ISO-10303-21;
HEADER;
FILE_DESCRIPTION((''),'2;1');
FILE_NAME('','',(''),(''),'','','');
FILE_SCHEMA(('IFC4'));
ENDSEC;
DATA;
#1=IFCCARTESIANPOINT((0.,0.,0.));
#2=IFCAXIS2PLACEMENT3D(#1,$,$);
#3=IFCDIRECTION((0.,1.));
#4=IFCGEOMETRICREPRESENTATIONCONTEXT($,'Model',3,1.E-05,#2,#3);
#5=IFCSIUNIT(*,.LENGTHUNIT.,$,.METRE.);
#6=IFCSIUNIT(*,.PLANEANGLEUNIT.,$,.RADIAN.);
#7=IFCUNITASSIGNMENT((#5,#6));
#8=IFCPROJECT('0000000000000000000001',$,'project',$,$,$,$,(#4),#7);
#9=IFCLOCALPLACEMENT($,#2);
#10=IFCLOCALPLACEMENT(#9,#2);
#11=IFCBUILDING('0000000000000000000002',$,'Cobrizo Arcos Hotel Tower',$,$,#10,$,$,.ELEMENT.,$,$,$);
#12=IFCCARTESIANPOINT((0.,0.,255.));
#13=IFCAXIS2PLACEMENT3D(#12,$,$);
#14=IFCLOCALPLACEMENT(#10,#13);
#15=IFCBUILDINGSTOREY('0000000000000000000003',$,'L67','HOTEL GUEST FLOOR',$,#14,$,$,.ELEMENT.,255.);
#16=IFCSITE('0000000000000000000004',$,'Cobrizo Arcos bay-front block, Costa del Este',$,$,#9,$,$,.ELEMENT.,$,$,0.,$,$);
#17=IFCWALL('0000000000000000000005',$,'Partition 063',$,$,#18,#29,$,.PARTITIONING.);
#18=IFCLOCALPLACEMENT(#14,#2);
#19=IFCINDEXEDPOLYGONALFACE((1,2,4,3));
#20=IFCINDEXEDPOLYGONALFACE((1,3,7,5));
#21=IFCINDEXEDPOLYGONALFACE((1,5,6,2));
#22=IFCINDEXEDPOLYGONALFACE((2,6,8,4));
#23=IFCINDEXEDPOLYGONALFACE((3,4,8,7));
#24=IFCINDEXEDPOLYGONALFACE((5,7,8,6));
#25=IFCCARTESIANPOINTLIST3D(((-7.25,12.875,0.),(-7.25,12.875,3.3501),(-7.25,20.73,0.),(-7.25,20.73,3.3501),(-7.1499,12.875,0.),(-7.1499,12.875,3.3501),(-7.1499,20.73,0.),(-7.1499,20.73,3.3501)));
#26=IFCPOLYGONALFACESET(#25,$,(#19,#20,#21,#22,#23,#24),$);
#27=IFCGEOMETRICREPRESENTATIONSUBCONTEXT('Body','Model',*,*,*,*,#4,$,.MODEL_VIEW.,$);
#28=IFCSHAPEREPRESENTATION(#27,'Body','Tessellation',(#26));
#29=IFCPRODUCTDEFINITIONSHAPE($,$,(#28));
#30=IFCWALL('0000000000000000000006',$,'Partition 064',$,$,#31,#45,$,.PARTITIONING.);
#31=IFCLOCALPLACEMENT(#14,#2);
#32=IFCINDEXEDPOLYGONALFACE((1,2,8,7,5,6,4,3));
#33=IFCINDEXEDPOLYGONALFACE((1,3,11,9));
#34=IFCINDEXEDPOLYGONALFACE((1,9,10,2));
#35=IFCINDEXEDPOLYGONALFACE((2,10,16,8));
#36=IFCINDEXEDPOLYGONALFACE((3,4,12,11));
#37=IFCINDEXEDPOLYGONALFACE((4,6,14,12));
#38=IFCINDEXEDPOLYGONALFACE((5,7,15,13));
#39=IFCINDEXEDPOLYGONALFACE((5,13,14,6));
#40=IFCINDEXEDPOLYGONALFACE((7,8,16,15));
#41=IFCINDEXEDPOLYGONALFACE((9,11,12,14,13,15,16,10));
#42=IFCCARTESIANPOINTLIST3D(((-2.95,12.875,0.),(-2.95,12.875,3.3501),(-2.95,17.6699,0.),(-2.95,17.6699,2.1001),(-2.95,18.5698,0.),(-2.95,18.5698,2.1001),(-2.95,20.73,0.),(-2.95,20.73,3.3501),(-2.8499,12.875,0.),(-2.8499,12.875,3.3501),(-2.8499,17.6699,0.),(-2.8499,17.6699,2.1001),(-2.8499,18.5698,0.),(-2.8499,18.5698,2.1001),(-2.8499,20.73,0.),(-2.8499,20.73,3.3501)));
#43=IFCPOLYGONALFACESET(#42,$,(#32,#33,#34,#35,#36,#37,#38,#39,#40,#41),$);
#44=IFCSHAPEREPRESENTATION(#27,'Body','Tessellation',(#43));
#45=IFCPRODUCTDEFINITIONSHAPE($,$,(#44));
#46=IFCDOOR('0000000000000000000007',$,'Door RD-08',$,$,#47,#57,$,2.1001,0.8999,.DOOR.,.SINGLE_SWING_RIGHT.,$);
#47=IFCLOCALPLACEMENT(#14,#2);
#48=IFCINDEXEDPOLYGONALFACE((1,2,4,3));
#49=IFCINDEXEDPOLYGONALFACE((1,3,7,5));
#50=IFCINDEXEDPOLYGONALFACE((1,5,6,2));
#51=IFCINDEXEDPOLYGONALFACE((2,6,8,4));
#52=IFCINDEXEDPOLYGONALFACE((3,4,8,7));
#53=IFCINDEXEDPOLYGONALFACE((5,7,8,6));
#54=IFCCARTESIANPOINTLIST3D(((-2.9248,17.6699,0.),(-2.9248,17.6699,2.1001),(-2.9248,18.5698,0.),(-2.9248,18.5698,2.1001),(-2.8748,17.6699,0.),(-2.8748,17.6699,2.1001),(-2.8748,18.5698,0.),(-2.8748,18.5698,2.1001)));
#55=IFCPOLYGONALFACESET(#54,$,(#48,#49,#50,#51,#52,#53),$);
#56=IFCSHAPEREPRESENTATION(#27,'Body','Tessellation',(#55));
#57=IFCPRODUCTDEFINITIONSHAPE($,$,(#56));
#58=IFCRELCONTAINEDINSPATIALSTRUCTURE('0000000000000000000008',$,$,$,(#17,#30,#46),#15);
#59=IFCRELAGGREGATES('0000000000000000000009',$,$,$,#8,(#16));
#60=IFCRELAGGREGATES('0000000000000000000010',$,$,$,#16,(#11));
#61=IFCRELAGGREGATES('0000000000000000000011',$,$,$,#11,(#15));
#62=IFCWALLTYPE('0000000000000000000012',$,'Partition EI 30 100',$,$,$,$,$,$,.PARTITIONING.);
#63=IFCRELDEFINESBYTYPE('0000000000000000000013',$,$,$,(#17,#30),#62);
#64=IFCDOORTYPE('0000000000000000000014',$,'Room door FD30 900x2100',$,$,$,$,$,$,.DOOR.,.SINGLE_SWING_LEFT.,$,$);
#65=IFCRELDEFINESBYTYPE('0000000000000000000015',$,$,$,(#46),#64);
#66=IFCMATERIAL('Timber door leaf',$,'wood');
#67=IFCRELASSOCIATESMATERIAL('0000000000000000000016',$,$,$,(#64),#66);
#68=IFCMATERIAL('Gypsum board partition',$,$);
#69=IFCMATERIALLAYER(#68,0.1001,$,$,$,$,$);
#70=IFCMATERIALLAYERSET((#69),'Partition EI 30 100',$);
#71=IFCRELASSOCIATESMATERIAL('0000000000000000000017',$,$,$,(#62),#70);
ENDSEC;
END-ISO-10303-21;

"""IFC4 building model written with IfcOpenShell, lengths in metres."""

from ifc_helpers import new_model, si_unit, direction, frame, frame_2d, origin, place, context, subcontext, project, spatial, rectangle, extrude, material, layer, layer_set, type_object, element, fill, save


model = new_model("IFC4")

# Units and contexts
model_context = context("Model", 3, precision=1e-05, world=origin(), true_north=direction((0.0, 1.0)))
body_context = subcontext(model_context, "Body", "Model", "MODEL_VIEW")
ifc_project = project(units=[si_unit("LENGTHUNIT", "METRE"), si_unit("PLANEANGLEUNIT", "RADIAN")], contexts=[model_context])

# Site, building, storey
site_placement = place(None, origin())
site = spatial("IfcSite", under=ifc_project, at=site_placement, Name="Cobrizo Arcos bay-front block, Costa del Este", CompositionType="ELEMENT", RefElevation=0.0)
building_placement = place(site_placement, origin())
building = spatial("IfcBuilding", under=site, at=building_placement, Name="Cobrizo Arcos Hotel Tower", CompositionType="ELEMENT")
storey_placement = place(building_placement, frame((0.0, 0.0, 255.0)))
storey = spatial("IfcBuildingStorey", under=building, at=storey_placement, Name="L67", Description="HOTEL GUEST FLOOR", CompositionType="ELEMENT", Elevation=255.0)

# Shared definitions
ifc_material_1 = material(Name="Gypsum board partition")
ifc_material_2 = material(Name="Timber door leaf", Category="wood")
door_type_1 = type_object("IfcDoorType", Name="Room door FD30 900x2100", OperationType="SINGLE_SWING_LEFT", PredefinedType="DOOR", material=ifc_material_2)

# Shared definitions
ifc_layer_1 = layer(ifc_material_1, 0.1001)
ifc_layer_set_1 = layer_set([ifc_layer_1], Name="Partition EI 30 100")
wall_type_1 = type_object("IfcWallType", Name="Partition EI 30 100", PredefinedType="PARTITIONING", material=ifc_layer_set_1)

# Wall
wall_1_placement = place(storey_placement, frame((-7.2, 12.875, 0.0), z_axis=(0.0, 0.0, 1.0), x_axis=(0.0, 1.0, 0.0)))
element("IfcWall", 1, at=wall_1_placement, inside=storey, type_object=wall_type_1, Name="Partition 063", PredefinedType="PARTITIONING", context=body_context, shape_type="SweptSolid", body=[
    extrude(rectangle(XDim=7.855, YDim=0.1001, at=frame_2d((3.9275, 0.0))), origin(), (0.0, 0.0, 1.0), 3.3501),
])

# Wall, opening, door
wall_2_placement = place(storey_placement, frame((-2.8999, 12.875, 0.0), z_axis=(0.0, 0.0, 1.0), x_axis=(0.0, 1.0, 0.0)))
wall_2 = element("IfcWall", 2, at=wall_2_placement, inside=storey, type_object=wall_type_1, Name="Partition 064", PredefinedType="PARTITIONING", context=body_context, shape_type="SweptSolid", body=[
    extrude(rectangle(XDim=7.855, YDim=0.1001, at=frame_2d((3.9275, 0.0))), origin(), (0.0, 0.0, 1.0), 3.3501),
])
opening_1_placement = place(wall_2_placement, frame((4.7949, 0.0, 0.0)))
opening_1 = element("IfcOpeningElement", 3, at=opening_1_placement, cuts=wall_2, PredefinedType="OPENING", context=body_context, shape_type="SweptSolid", body=[
    extrude(rectangle(XDim=0.8999, YDim=2.1001, at=frame_2d((0.45, 1.05))), frame((0.0, 0.062, 0.0), z_axis=(0.0, -1.0, 0.0), x_axis=(1.0, 0.0, 0.0)), (0.0, 0.0, 1.0), 0.124),
])
door_1_placement = place(opening_1_placement, origin())
door_1 = element("IfcDoor", 4, at=door_1_placement, inside=storey, type_object=door_type_1, Name="Door RD-08", OperationType="SINGLE_SWING_RIGHT", OverallHeight=2.1001, OverallWidth=0.8999, PredefinedType="DOOR", context=body_context, shape_type="SweptSolid", body=[
    extrude(rectangle(XDim=0.8999, YDim=2.1001, at=frame_2d((0.45, 1.05))), frame((0.0, 0.0249, 0.0), z_axis=(0.0, -1.0, 0.0), x_axis=(1.0, 0.0, 0.0)), (0.0, 0.0, 1.0), 0.05),
])
fill(opening_1, door_1)

save(model, "model.ifc")
